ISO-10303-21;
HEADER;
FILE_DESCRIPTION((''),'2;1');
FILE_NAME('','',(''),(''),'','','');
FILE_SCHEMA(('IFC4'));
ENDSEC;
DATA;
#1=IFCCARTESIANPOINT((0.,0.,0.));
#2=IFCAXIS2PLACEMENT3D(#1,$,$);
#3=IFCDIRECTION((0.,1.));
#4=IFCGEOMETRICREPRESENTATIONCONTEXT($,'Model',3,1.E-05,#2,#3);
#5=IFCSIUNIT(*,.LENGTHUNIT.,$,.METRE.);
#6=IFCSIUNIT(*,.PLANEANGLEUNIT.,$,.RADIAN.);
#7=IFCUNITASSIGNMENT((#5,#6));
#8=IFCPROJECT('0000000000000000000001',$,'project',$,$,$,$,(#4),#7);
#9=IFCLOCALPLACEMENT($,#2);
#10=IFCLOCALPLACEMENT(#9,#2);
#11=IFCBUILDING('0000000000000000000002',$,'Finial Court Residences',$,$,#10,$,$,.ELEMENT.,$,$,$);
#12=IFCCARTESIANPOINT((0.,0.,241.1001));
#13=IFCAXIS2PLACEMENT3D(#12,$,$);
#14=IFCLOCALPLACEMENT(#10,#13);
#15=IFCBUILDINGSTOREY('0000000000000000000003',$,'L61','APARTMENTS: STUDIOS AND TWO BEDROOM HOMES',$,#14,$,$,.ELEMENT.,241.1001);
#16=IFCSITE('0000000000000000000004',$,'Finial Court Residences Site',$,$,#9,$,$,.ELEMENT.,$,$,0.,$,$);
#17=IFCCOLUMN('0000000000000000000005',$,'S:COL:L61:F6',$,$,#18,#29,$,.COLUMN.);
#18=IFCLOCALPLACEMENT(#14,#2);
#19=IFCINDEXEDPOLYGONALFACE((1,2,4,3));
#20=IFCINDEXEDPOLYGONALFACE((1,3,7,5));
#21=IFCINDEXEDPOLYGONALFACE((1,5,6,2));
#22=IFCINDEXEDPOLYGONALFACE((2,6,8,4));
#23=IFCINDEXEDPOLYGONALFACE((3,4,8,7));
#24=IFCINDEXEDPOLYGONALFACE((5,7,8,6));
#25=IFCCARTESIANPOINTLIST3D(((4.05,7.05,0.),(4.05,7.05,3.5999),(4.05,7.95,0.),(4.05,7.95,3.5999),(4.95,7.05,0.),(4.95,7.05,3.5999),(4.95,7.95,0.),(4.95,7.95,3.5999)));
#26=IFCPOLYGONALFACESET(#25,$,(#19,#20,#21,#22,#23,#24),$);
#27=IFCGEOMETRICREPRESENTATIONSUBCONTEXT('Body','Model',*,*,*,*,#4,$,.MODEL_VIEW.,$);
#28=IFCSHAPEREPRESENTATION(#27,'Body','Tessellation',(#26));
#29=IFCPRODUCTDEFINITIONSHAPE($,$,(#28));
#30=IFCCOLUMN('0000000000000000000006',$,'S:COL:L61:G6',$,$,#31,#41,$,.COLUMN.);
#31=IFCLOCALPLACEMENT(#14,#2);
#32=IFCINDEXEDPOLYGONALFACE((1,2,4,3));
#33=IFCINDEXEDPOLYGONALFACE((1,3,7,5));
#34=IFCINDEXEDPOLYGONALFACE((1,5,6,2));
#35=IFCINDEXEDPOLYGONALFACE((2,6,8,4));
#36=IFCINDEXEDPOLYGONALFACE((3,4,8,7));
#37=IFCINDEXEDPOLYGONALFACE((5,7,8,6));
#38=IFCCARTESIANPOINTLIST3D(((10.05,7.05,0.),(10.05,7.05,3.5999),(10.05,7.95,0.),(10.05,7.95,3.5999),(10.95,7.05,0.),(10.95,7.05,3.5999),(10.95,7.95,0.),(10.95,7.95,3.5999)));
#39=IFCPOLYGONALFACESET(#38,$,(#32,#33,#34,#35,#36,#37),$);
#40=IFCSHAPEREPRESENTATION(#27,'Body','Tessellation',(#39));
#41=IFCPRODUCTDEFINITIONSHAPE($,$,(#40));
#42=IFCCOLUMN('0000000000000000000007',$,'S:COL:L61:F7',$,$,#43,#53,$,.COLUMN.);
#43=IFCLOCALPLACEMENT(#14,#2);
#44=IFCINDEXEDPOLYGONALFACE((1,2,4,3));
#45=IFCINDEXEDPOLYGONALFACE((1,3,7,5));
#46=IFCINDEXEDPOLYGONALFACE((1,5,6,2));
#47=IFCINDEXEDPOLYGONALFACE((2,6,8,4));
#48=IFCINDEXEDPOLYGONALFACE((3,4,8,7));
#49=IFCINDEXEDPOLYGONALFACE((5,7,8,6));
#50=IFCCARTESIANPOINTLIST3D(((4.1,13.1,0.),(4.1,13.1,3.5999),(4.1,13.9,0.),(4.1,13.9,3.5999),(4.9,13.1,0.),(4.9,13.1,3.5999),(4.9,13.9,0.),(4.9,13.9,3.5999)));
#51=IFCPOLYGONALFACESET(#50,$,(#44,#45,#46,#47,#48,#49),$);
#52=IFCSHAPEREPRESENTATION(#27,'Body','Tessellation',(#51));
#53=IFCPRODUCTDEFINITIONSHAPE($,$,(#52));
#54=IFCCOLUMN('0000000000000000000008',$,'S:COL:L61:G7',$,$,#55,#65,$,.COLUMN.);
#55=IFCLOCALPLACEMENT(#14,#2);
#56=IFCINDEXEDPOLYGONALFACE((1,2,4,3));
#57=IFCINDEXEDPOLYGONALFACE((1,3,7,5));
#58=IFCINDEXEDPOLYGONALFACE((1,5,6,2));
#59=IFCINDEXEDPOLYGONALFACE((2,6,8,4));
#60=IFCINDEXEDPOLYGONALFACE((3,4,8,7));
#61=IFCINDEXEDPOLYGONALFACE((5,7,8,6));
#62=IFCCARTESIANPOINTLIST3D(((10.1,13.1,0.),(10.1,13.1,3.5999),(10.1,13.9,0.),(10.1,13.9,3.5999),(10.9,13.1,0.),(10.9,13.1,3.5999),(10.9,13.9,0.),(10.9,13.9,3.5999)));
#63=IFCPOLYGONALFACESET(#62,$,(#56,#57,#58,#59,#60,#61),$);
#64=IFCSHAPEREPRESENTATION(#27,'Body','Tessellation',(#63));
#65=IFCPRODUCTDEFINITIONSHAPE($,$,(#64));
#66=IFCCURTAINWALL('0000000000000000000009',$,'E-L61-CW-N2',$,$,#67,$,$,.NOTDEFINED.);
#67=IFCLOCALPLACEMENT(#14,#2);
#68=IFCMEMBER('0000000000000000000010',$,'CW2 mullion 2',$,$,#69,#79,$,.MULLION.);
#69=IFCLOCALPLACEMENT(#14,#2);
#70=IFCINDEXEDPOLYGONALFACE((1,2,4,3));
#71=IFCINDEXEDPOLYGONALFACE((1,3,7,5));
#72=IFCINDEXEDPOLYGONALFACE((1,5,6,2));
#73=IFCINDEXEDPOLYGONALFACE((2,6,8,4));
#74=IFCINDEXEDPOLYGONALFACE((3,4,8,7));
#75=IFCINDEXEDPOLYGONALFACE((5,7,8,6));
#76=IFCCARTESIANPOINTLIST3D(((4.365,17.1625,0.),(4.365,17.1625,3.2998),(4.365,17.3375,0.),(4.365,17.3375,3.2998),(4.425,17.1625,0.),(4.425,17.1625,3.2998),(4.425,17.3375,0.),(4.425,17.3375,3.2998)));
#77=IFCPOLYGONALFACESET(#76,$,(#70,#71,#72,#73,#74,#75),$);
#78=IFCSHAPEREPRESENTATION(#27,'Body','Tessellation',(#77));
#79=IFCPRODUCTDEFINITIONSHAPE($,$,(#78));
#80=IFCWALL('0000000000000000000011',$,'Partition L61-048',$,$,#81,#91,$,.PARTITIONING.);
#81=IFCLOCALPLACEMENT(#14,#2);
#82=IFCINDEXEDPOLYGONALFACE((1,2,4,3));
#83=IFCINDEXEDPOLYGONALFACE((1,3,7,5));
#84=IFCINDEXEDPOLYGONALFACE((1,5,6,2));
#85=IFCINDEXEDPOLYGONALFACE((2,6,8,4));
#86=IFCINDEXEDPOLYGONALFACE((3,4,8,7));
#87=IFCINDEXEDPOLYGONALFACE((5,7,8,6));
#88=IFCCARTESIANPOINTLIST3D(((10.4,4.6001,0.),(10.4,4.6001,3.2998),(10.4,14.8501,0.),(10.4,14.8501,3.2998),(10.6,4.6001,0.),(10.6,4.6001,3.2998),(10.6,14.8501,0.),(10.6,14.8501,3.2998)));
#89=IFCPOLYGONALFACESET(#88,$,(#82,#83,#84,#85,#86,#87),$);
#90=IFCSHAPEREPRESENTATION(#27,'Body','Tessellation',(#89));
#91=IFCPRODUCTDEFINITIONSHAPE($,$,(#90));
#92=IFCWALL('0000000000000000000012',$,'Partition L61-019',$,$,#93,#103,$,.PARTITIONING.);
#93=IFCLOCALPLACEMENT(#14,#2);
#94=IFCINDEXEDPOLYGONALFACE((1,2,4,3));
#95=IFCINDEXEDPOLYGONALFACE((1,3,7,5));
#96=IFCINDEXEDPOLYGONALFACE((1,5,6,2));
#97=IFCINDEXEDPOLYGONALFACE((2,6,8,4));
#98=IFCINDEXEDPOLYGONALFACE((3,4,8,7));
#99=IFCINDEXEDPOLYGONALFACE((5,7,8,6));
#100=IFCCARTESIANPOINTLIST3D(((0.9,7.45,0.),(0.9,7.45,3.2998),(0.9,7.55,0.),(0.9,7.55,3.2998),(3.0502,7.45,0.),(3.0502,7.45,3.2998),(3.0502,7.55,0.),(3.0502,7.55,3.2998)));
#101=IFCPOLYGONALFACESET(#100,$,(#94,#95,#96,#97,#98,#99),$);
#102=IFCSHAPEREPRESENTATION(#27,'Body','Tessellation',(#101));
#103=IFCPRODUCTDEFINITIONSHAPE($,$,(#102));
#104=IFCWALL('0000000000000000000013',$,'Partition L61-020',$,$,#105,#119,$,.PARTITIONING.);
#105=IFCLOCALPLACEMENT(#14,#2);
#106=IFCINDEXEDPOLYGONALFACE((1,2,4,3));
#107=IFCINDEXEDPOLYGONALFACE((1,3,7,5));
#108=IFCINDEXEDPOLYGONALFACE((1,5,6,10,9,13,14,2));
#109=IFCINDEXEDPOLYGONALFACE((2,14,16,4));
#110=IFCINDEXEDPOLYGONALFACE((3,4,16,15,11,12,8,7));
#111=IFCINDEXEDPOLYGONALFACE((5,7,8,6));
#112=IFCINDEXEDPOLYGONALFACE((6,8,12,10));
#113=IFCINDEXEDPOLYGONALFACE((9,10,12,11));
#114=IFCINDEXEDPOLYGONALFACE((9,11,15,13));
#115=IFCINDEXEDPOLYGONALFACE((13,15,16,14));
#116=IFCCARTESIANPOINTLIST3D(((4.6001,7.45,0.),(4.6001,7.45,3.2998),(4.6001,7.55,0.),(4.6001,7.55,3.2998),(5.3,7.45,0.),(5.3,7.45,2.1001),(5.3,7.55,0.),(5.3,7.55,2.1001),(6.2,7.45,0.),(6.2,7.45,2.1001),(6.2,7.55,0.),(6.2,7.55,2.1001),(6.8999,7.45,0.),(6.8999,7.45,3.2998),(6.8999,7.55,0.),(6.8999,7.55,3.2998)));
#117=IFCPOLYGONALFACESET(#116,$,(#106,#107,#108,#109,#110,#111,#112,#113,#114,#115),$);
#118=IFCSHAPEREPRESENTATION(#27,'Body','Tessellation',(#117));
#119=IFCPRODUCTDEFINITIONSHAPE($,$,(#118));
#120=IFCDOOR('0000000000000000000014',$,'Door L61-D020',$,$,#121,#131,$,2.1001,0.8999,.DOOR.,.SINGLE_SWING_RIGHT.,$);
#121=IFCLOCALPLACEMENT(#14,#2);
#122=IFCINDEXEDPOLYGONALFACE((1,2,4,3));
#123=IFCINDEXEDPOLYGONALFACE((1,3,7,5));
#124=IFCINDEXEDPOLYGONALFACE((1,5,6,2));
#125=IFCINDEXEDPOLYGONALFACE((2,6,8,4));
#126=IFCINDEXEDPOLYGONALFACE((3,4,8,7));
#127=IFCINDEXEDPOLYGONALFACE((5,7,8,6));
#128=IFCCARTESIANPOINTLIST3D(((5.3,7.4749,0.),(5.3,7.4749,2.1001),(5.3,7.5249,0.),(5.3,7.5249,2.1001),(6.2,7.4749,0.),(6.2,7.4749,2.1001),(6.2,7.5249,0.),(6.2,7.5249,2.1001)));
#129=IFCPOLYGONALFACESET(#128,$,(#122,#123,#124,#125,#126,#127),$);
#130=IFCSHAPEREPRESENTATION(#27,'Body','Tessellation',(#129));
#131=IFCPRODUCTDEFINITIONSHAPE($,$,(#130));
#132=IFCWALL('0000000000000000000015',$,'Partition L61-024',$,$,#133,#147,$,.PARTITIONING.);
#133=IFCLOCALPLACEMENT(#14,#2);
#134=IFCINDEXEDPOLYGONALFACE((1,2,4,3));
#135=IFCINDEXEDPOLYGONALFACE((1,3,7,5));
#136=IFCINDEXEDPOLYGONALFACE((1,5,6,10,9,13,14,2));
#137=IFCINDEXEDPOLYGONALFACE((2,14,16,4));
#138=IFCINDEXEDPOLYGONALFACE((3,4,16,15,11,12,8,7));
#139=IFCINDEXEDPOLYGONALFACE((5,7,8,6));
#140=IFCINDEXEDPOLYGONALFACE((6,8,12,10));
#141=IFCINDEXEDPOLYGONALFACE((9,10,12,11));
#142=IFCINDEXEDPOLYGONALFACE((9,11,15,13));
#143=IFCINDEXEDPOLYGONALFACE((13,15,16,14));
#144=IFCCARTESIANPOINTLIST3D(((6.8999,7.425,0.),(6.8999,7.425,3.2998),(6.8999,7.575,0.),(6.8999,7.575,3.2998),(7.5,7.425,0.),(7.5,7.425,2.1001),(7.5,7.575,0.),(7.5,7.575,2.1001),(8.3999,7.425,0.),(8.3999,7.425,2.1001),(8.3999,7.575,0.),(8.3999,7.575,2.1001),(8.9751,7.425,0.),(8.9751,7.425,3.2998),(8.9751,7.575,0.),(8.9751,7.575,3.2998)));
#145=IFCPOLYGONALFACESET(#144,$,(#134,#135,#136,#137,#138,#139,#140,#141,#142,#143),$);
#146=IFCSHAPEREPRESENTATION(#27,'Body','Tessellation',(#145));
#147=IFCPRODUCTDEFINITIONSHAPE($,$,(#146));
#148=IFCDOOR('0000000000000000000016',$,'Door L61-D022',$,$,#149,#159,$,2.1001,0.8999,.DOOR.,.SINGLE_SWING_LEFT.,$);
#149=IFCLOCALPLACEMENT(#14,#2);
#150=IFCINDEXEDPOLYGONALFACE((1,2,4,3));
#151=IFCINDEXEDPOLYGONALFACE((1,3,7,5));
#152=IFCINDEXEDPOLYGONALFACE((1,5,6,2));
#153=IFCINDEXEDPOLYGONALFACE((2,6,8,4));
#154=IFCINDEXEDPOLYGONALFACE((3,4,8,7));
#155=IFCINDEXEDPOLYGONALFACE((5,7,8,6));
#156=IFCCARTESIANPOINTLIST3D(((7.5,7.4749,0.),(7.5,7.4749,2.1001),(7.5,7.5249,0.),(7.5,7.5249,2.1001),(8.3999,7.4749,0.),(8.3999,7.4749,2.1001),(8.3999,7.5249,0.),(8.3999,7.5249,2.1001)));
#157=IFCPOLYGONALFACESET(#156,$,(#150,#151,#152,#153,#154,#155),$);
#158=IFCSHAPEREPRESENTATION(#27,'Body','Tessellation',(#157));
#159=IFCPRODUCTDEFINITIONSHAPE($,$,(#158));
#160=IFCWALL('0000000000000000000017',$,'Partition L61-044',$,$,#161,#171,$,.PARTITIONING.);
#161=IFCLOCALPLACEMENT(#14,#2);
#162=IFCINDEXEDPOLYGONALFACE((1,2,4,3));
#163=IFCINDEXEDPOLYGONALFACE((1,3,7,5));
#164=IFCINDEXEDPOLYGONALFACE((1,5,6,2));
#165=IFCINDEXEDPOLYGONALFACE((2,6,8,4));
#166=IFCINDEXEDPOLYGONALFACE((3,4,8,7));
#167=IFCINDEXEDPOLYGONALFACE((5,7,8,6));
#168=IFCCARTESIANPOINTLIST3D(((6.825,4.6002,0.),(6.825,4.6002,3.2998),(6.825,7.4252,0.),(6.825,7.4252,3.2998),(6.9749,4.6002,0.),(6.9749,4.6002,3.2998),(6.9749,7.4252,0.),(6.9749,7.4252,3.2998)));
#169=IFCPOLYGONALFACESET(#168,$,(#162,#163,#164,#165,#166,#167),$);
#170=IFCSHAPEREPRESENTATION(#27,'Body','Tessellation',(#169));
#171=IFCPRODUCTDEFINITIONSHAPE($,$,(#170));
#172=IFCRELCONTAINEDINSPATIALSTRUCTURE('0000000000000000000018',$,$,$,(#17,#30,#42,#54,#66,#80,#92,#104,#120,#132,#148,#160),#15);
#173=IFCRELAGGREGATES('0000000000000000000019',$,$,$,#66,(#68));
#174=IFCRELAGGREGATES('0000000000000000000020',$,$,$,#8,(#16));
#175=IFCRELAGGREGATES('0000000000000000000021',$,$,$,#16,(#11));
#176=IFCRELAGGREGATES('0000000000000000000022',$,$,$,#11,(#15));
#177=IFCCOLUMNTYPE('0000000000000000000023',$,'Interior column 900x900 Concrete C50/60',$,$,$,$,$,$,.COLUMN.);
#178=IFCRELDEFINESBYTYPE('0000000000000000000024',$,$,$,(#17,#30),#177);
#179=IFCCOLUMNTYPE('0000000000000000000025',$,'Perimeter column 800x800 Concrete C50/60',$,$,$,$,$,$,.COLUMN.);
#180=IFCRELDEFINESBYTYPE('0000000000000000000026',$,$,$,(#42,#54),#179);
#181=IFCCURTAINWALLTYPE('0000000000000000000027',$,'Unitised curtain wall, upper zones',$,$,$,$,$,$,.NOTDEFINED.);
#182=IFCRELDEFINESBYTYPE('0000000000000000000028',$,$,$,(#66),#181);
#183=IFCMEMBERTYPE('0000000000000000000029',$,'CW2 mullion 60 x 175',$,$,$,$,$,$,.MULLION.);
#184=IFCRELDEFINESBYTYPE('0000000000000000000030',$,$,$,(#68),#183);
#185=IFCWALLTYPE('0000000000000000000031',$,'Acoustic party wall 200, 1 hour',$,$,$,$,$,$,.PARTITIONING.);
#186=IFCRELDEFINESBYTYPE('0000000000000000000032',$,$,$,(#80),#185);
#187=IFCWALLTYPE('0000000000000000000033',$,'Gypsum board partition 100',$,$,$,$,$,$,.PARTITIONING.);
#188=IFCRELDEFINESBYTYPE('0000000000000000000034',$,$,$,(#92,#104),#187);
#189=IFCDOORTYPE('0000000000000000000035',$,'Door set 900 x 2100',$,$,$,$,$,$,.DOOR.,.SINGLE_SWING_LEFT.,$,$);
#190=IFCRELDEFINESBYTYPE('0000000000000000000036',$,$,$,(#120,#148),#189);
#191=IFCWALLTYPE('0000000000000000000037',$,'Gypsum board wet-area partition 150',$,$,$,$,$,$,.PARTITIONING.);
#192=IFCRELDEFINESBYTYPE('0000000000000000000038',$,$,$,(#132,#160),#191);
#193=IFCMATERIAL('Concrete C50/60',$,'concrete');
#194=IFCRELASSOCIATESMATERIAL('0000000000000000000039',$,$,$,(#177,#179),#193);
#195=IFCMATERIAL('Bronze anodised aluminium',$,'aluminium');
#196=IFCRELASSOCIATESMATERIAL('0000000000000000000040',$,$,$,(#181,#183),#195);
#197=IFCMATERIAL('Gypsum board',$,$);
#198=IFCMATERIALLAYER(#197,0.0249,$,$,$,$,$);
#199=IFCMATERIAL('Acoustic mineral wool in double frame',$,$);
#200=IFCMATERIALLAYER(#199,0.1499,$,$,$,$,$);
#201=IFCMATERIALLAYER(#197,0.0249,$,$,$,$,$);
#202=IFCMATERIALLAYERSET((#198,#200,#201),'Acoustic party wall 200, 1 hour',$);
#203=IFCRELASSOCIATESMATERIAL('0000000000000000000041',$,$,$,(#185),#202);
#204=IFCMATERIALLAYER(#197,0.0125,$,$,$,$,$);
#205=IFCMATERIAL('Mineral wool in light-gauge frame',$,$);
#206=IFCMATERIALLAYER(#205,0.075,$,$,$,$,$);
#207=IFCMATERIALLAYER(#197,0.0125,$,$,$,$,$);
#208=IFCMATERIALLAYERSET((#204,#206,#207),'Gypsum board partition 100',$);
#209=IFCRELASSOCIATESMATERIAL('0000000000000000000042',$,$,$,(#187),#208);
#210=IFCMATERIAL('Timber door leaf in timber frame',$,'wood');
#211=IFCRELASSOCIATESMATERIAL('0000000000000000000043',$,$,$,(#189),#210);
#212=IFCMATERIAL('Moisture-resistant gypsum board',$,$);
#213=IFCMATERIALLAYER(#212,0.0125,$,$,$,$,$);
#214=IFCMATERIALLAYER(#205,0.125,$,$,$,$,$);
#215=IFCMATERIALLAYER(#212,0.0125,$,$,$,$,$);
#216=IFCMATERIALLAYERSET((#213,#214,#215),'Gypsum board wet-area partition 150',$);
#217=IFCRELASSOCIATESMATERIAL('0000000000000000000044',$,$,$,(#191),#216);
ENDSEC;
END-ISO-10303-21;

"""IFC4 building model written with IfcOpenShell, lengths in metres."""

from ifc_helpers import new_model, si_unit, direction, frame, frame_2d, origin, origin_2d, place, context, subcontext, project, spatial, rectangle, extrude, material, layer, layer_set, material_profile, profile_set, type_object, element, fill, aggregate, save


model = new_model("IFC4")

# Units and contexts
model_context = context("Model", 3, precision=1e-05, world=origin(), true_north=direction((0.0, 1.0)))
body_context = subcontext(model_context, "Body", "Model", "MODEL_VIEW")
ifc_project = project(units=[si_unit("LENGTHUNIT", "METRE"), si_unit("PLANEANGLEUNIT", "RADIAN")], contexts=[model_context])

# Site, building, storey
site_placement = place(None, origin())
site = spatial("IfcSite", under=ifc_project, at=site_placement, Name="Finial Court Residences Site", CompositionType="ELEMENT", RefElevation=0.0)
building_placement = place(site_placement, origin())
building = spatial("IfcBuilding", under=site, at=building_placement, Name="Finial Court Residences", CompositionType="ELEMENT")
storey_placement = place(building_placement, frame((0.0, 0.0, 241.1001)))
storey = spatial("IfcBuildingStorey", under=building, at=storey_placement, Name="L61", Description="APARTMENTS: STUDIOS AND TWO BEDROOM HOMES", CompositionType="ELEMENT", Elevation=241.1001)

# Columns
ifc_material_1 = material(Name="Concrete C50/60", Category="concrete")
ifc_material_profile_1 = material_profile(ifc_material_1, rectangle(XDim=0.8999, YDim=0.8999, at=origin_2d()), Name="900x900")
ifc_profile_set_1 = profile_set([ifc_material_profile_1], Name="Concrete C50/60")
column_type_1 = type_object("IfcColumnType", Name="Interior column 900x900 Concrete C50/60", PredefinedType="COLUMN", material=ifc_profile_set_1)
for number, where, z_axis, x_axis, name in (
    (1, (4.5, 7.5, 0.0), (0.0, 0.0, 1.0), (1.0, 0.0, 0.0), "S:COL:L61:F6"),
    (2, (10.5, 7.5, 0.0), (0.0, 0.0, 1.0), (1.0, 0.0, 0.0), "S:COL:L61:G6"),
):
    element("IfcColumn", number, at=place(storey_placement, frame(where, z_axis=z_axis, x_axis=x_axis)), inside=storey, type_object=column_type_1, Name=name, PredefinedType="COLUMN", context=body_context, shape_type="SweptSolid", body=[
        extrude(rectangle(XDim=0.8999, YDim=0.8999, at=origin_2d()), origin(), (0.0, 0.0, 1.0), 3.5999),
    ])
ifc_material_profile_2 = material_profile(ifc_material_1, rectangle(XDim=0.8, YDim=0.8, at=origin_2d()), Name="800x800")
ifc_profile_set_2 = profile_set([ifc_material_profile_2], Name="Concrete C50/60")
column_type_2 = type_object("IfcColumnType", Name="Perimeter column 800x800 Concrete C50/60", PredefinedType="COLUMN", material=ifc_profile_set_2)
for number, where, z_axis, x_axis, name in (
    (3, (4.5, 13.5, 0.0), (0.0, 0.0, 1.0), (1.0, 0.0, 0.0), "S:COL:L61:F7"),
    (4, (10.5, 13.5, 0.0), (0.0, 0.0, 1.0), (1.0, 0.0, 0.0), "S:COL:L61:G7"),
):
    element("IfcColumn", number, at=place(storey_placement, frame(where, z_axis=z_axis, x_axis=x_axis)), inside=storey, type_object=column_type_2, Name=name, PredefinedType="COLUMN", context=body_context, shape_type="SweptSolid", body=[
        extrude(rectangle(XDim=0.8, YDim=0.8, at=origin_2d()), origin(), (0.0, 0.0, 1.0), 3.5999),
    ])

# Curtain wall, member
ifc_material_2 = material(Name="Bronze anodised aluminium", Category="aluminium")
curtain_wall_type = type_object("IfcCurtainWallType", Name="Unitised curtain wall, upper zones", PredefinedType="NOTDEFINED", material=ifc_material_2)
curtain_wall_placement = place(storey_placement, origin())
curtain_wall = element("IfcCurtainWall", 5, at=curtain_wall_placement, inside=storey, type_object=curtain_wall_type, Name="E-L61-CW-N2", PredefinedType="NOTDEFINED")
ifc_material_profile_3 = material_profile(ifc_material_2, rectangle(XDim=0.175, YDim=0.0601, at=origin_2d()), Name="CW2 mullion 60 x 175")
ifc_profile_set_3 = profile_set([ifc_material_profile_3], Name="Bronze anodised aluminium")
member_type = type_object("IfcMemberType", Name="CW2 mullion 60 x 175", PredefinedType="MULLION", material=ifc_profile_set_3)
member_placement = place(storey_placement, frame((4.395, 17.25, 0.0), z_axis=(0.0, 0.0, 1.0), x_axis=(0.0, 1.0, 0.0)))
member = element("IfcMember", 6, at=member_placement, type_object=member_type, Name="CW2 mullion 2", PredefinedType="MULLION", context=body_context, shape_type="SweptSolid", body=[
    extrude(rectangle(XDim=0.175, YDim=0.0601, at=origin_2d()), origin(), (0.0, 0.0, 1.0), 3.2998),
])
aggregate(curtain_wall, [member])

# Walls
ifc_material_3 = material(Name="Gypsum board")
ifc_layer_1 = layer(ifc_material_3, 0.0249)
ifc_material_4 = material(Name="Acoustic mineral wool in double frame")
ifc_layer_2 = layer(ifc_material_4, 0.1499)
ifc_layer_3 = layer(ifc_material_3, 0.0249)
ifc_layer_set_1 = layer_set([ifc_layer_1, ifc_layer_2, ifc_layer_3], Name="Acoustic party wall 200, 1 hour")
wall_type_1 = type_object("IfcWallType", Name="Acoustic party wall 200, 1 hour", PredefinedType="PARTITIONING", material=ifc_layer_set_1)
wall_1_placement = place(storey_placement, frame((10.5, 4.6001, 0.0), z_axis=(0.0, 0.0, 1.0), x_axis=(0.0, 1.0, 0.0)))
element("IfcWall", 7, at=wall_1_placement, inside=storey, type_object=wall_type_1, Name="Partition L61-048", PredefinedType="PARTITIONING", context=body_context, shape_type="SweptSolid", body=[
    extrude(rectangle(XDim=10.25, YDim=0.2, at=frame_2d((5.125, 0.0))), origin(), (0.0, 0.0, 1.0), 3.2998),
])
ifc_layer_4 = layer(ifc_material_3, 0.0125)
ifc_material_5 = material(Name="Mineral wool in light-gauge frame")
ifc_layer_5 = layer(ifc_material_5, 0.075)
ifc_layer_6 = layer(ifc_material_3, 0.0125)
ifc_layer_set_2 = layer_set([ifc_layer_4, ifc_layer_5, ifc_layer_6], Name="Gypsum board partition 100")
wall_type_2 = type_object("IfcWallType", Name="Gypsum board partition 100", PredefinedType="PARTITIONING", material=ifc_layer_set_2)
wall_2_placement = place(storey_placement, frame((0.8999, 7.5, 0.0), z_axis=(0.0, 0.0, 1.0), x_axis=(1.0, 0.0, 0.0)))
element("IfcWall", 8, at=wall_2_placement, inside=storey, type_object=wall_type_2, Name="Partition L61-019", PredefinedType="PARTITIONING", context=body_context, shape_type="SweptSolid", body=[
    extrude(rectangle(XDim=2.1501, YDim=0.1001, at=frame_2d((1.0752, 0.0))), origin(), (0.0, 0.0, 1.0), 3.2998),
])

# Walls, openings, doors
wall_3_placement = place(storey_placement, frame((4.6001, 7.5, 0.0), z_axis=(0.0, 0.0, 1.0), x_axis=(1.0, 0.0, 0.0)))
wall_3 = element("IfcWall", 9, at=wall_3_placement, inside=storey, type_object=wall_type_2, Name="Partition L61-020", PredefinedType="PARTITIONING", context=body_context, shape_type="SweptSolid", body=[
    extrude(rectangle(XDim=2.2998, YDim=0.1001, at=frame_2d((1.1499, 0.0))), origin(), (0.0, 0.0, 1.0), 3.2998),
])
opening_1_placement = place(wall_3_placement, frame((0.7, 0.0, 0.0)))
opening_1 = element("IfcOpeningElement", 10, at=opening_1_placement, cuts=wall_3, PredefinedType="OPENING", context=body_context, shape_type="SweptSolid", body=[
    extrude(rectangle(XDim=0.8999, YDim=2.1001, at=frame_2d((0.45, 1.05))), frame((0.0, 0.0601, 0.0), z_axis=(0.0, -1.0, 0.0), x_axis=(1.0, 0.0, 0.0)), (0.0, 0.0, 1.0), 0.1201),
])
ifc_material_6 = material(Name="Timber door leaf in timber frame", Category="wood")
door_type_1 = type_object("IfcDoorType", Name="Door set 900 x 2100", OperationType="SINGLE_SWING_LEFT", PredefinedType="DOOR", material=ifc_material_6)
door_1_placement = place(opening_1_placement, origin())
door_1 = element("IfcDoor", 11, at=door_1_placement, inside=storey, type_object=door_type_1, Name="Door L61-D020", OperationType="SINGLE_SWING_RIGHT", OverallHeight=2.1001, OverallWidth=0.8999, PredefinedType="DOOR", context=body_context, shape_type="SweptSolid", body=[
    extrude(rectangle(XDim=0.8999, YDim=2.1001, at=frame_2d((0.45, 1.05))), frame((0.0, 0.0249, 0.0), z_axis=(0.0, -1.0, 0.0), x_axis=(1.0, 0.0, 0.0)), (0.0, 0.0, 1.0), 0.05),
])
fill(opening_1, door_1)
ifc_material_7 = material(Name="Moisture-resistant gypsum board")
ifc_layer_7 = layer(ifc_material_7, 0.0125)
ifc_layer_8 = layer(ifc_material_5, 0.125)
ifc_layer_9 = layer(ifc_material_7, 0.0125)
ifc_layer_set_3 = layer_set([ifc_layer_7, ifc_layer_8, ifc_layer_9], Name="Gypsum board wet-area partition 150")
wall_type_3 = type_object("IfcWallType", Name="Gypsum board wet-area partition 150", PredefinedType="PARTITIONING", material=ifc_layer_set_3)
wall_4_placement = place(storey_placement, frame((6.8999, 7.5, 0.0), z_axis=(0.0, 0.0, 1.0), x_axis=(1.0, 0.0, 0.0)))
wall_4 = element("IfcWall", 12, at=wall_4_placement, inside=storey, type_object=wall_type_3, Name="Partition L61-024", PredefinedType="PARTITIONING", context=body_context, shape_type="SweptSolid", body=[
    extrude(rectangle(XDim=2.0752, YDim=0.1499, at=frame_2d((1.0376, 0.0))), origin(), (0.0, 0.0, 1.0), 3.2998),
])
opening_2_placement = place(wall_4_placement, frame((0.6001, 0.0, 0.0)))
opening_2 = element("IfcOpeningElement", 13, at=opening_2_placement, cuts=wall_4, PredefinedType="OPENING", context=body_context, shape_type="SweptSolid", body=[
    extrude(rectangle(XDim=0.8999, YDim=2.1001, at=frame_2d((0.45, 1.05))), frame((0.0, 0.085, 0.0), z_axis=(0.0, -1.0, 0.0), x_axis=(1.0, 0.0, 0.0)), (0.0, 0.0, 1.0), 0.1699),
])
door_2_placement = place(opening_2_placement, origin())
door_2 = element("IfcDoor", 14, at=door_2_placement, inside=storey, type_object=door_type_1, Name="Door L61-D022", OperationType="SINGLE_SWING_LEFT", OverallHeight=2.1001, OverallWidth=0.8999, PredefinedType="DOOR", context=body_context, shape_type="SweptSolid", body=[
    extrude(rectangle(XDim=0.8999, YDim=2.1001, at=frame_2d((0.45, 1.05))), frame((0.0, 0.0249, 0.0), z_axis=(0.0, -1.0, 0.0), x_axis=(1.0, 0.0, 0.0)), (0.0, 0.0, 1.0), 0.05),
])
fill(opening_2, door_2)

# Wall
for number, where, z_axis, x_axis, name in (
    (15, (6.8999, 4.6001, 0.0), (0.0, 0.0, 1.0), (0.0, 1.0, 0.0), "Partition L61-044"),
):
    element("IfcWall", number, at=place(storey_placement, frame(where, z_axis=z_axis, x_axis=x_axis)), inside=storey, type_object=wall_type_3, Name=name, PredefinedType="PARTITIONING", context=body_context, shape_type="SweptSolid", body=[
        extrude(rectangle(XDim=2.825, YDim=0.1499, at=frame_2d((1.4126, 0.0))), origin(), (0.0, 0.0, 1.0), 3.2998),
    ])

save(model, "model.ifc")
